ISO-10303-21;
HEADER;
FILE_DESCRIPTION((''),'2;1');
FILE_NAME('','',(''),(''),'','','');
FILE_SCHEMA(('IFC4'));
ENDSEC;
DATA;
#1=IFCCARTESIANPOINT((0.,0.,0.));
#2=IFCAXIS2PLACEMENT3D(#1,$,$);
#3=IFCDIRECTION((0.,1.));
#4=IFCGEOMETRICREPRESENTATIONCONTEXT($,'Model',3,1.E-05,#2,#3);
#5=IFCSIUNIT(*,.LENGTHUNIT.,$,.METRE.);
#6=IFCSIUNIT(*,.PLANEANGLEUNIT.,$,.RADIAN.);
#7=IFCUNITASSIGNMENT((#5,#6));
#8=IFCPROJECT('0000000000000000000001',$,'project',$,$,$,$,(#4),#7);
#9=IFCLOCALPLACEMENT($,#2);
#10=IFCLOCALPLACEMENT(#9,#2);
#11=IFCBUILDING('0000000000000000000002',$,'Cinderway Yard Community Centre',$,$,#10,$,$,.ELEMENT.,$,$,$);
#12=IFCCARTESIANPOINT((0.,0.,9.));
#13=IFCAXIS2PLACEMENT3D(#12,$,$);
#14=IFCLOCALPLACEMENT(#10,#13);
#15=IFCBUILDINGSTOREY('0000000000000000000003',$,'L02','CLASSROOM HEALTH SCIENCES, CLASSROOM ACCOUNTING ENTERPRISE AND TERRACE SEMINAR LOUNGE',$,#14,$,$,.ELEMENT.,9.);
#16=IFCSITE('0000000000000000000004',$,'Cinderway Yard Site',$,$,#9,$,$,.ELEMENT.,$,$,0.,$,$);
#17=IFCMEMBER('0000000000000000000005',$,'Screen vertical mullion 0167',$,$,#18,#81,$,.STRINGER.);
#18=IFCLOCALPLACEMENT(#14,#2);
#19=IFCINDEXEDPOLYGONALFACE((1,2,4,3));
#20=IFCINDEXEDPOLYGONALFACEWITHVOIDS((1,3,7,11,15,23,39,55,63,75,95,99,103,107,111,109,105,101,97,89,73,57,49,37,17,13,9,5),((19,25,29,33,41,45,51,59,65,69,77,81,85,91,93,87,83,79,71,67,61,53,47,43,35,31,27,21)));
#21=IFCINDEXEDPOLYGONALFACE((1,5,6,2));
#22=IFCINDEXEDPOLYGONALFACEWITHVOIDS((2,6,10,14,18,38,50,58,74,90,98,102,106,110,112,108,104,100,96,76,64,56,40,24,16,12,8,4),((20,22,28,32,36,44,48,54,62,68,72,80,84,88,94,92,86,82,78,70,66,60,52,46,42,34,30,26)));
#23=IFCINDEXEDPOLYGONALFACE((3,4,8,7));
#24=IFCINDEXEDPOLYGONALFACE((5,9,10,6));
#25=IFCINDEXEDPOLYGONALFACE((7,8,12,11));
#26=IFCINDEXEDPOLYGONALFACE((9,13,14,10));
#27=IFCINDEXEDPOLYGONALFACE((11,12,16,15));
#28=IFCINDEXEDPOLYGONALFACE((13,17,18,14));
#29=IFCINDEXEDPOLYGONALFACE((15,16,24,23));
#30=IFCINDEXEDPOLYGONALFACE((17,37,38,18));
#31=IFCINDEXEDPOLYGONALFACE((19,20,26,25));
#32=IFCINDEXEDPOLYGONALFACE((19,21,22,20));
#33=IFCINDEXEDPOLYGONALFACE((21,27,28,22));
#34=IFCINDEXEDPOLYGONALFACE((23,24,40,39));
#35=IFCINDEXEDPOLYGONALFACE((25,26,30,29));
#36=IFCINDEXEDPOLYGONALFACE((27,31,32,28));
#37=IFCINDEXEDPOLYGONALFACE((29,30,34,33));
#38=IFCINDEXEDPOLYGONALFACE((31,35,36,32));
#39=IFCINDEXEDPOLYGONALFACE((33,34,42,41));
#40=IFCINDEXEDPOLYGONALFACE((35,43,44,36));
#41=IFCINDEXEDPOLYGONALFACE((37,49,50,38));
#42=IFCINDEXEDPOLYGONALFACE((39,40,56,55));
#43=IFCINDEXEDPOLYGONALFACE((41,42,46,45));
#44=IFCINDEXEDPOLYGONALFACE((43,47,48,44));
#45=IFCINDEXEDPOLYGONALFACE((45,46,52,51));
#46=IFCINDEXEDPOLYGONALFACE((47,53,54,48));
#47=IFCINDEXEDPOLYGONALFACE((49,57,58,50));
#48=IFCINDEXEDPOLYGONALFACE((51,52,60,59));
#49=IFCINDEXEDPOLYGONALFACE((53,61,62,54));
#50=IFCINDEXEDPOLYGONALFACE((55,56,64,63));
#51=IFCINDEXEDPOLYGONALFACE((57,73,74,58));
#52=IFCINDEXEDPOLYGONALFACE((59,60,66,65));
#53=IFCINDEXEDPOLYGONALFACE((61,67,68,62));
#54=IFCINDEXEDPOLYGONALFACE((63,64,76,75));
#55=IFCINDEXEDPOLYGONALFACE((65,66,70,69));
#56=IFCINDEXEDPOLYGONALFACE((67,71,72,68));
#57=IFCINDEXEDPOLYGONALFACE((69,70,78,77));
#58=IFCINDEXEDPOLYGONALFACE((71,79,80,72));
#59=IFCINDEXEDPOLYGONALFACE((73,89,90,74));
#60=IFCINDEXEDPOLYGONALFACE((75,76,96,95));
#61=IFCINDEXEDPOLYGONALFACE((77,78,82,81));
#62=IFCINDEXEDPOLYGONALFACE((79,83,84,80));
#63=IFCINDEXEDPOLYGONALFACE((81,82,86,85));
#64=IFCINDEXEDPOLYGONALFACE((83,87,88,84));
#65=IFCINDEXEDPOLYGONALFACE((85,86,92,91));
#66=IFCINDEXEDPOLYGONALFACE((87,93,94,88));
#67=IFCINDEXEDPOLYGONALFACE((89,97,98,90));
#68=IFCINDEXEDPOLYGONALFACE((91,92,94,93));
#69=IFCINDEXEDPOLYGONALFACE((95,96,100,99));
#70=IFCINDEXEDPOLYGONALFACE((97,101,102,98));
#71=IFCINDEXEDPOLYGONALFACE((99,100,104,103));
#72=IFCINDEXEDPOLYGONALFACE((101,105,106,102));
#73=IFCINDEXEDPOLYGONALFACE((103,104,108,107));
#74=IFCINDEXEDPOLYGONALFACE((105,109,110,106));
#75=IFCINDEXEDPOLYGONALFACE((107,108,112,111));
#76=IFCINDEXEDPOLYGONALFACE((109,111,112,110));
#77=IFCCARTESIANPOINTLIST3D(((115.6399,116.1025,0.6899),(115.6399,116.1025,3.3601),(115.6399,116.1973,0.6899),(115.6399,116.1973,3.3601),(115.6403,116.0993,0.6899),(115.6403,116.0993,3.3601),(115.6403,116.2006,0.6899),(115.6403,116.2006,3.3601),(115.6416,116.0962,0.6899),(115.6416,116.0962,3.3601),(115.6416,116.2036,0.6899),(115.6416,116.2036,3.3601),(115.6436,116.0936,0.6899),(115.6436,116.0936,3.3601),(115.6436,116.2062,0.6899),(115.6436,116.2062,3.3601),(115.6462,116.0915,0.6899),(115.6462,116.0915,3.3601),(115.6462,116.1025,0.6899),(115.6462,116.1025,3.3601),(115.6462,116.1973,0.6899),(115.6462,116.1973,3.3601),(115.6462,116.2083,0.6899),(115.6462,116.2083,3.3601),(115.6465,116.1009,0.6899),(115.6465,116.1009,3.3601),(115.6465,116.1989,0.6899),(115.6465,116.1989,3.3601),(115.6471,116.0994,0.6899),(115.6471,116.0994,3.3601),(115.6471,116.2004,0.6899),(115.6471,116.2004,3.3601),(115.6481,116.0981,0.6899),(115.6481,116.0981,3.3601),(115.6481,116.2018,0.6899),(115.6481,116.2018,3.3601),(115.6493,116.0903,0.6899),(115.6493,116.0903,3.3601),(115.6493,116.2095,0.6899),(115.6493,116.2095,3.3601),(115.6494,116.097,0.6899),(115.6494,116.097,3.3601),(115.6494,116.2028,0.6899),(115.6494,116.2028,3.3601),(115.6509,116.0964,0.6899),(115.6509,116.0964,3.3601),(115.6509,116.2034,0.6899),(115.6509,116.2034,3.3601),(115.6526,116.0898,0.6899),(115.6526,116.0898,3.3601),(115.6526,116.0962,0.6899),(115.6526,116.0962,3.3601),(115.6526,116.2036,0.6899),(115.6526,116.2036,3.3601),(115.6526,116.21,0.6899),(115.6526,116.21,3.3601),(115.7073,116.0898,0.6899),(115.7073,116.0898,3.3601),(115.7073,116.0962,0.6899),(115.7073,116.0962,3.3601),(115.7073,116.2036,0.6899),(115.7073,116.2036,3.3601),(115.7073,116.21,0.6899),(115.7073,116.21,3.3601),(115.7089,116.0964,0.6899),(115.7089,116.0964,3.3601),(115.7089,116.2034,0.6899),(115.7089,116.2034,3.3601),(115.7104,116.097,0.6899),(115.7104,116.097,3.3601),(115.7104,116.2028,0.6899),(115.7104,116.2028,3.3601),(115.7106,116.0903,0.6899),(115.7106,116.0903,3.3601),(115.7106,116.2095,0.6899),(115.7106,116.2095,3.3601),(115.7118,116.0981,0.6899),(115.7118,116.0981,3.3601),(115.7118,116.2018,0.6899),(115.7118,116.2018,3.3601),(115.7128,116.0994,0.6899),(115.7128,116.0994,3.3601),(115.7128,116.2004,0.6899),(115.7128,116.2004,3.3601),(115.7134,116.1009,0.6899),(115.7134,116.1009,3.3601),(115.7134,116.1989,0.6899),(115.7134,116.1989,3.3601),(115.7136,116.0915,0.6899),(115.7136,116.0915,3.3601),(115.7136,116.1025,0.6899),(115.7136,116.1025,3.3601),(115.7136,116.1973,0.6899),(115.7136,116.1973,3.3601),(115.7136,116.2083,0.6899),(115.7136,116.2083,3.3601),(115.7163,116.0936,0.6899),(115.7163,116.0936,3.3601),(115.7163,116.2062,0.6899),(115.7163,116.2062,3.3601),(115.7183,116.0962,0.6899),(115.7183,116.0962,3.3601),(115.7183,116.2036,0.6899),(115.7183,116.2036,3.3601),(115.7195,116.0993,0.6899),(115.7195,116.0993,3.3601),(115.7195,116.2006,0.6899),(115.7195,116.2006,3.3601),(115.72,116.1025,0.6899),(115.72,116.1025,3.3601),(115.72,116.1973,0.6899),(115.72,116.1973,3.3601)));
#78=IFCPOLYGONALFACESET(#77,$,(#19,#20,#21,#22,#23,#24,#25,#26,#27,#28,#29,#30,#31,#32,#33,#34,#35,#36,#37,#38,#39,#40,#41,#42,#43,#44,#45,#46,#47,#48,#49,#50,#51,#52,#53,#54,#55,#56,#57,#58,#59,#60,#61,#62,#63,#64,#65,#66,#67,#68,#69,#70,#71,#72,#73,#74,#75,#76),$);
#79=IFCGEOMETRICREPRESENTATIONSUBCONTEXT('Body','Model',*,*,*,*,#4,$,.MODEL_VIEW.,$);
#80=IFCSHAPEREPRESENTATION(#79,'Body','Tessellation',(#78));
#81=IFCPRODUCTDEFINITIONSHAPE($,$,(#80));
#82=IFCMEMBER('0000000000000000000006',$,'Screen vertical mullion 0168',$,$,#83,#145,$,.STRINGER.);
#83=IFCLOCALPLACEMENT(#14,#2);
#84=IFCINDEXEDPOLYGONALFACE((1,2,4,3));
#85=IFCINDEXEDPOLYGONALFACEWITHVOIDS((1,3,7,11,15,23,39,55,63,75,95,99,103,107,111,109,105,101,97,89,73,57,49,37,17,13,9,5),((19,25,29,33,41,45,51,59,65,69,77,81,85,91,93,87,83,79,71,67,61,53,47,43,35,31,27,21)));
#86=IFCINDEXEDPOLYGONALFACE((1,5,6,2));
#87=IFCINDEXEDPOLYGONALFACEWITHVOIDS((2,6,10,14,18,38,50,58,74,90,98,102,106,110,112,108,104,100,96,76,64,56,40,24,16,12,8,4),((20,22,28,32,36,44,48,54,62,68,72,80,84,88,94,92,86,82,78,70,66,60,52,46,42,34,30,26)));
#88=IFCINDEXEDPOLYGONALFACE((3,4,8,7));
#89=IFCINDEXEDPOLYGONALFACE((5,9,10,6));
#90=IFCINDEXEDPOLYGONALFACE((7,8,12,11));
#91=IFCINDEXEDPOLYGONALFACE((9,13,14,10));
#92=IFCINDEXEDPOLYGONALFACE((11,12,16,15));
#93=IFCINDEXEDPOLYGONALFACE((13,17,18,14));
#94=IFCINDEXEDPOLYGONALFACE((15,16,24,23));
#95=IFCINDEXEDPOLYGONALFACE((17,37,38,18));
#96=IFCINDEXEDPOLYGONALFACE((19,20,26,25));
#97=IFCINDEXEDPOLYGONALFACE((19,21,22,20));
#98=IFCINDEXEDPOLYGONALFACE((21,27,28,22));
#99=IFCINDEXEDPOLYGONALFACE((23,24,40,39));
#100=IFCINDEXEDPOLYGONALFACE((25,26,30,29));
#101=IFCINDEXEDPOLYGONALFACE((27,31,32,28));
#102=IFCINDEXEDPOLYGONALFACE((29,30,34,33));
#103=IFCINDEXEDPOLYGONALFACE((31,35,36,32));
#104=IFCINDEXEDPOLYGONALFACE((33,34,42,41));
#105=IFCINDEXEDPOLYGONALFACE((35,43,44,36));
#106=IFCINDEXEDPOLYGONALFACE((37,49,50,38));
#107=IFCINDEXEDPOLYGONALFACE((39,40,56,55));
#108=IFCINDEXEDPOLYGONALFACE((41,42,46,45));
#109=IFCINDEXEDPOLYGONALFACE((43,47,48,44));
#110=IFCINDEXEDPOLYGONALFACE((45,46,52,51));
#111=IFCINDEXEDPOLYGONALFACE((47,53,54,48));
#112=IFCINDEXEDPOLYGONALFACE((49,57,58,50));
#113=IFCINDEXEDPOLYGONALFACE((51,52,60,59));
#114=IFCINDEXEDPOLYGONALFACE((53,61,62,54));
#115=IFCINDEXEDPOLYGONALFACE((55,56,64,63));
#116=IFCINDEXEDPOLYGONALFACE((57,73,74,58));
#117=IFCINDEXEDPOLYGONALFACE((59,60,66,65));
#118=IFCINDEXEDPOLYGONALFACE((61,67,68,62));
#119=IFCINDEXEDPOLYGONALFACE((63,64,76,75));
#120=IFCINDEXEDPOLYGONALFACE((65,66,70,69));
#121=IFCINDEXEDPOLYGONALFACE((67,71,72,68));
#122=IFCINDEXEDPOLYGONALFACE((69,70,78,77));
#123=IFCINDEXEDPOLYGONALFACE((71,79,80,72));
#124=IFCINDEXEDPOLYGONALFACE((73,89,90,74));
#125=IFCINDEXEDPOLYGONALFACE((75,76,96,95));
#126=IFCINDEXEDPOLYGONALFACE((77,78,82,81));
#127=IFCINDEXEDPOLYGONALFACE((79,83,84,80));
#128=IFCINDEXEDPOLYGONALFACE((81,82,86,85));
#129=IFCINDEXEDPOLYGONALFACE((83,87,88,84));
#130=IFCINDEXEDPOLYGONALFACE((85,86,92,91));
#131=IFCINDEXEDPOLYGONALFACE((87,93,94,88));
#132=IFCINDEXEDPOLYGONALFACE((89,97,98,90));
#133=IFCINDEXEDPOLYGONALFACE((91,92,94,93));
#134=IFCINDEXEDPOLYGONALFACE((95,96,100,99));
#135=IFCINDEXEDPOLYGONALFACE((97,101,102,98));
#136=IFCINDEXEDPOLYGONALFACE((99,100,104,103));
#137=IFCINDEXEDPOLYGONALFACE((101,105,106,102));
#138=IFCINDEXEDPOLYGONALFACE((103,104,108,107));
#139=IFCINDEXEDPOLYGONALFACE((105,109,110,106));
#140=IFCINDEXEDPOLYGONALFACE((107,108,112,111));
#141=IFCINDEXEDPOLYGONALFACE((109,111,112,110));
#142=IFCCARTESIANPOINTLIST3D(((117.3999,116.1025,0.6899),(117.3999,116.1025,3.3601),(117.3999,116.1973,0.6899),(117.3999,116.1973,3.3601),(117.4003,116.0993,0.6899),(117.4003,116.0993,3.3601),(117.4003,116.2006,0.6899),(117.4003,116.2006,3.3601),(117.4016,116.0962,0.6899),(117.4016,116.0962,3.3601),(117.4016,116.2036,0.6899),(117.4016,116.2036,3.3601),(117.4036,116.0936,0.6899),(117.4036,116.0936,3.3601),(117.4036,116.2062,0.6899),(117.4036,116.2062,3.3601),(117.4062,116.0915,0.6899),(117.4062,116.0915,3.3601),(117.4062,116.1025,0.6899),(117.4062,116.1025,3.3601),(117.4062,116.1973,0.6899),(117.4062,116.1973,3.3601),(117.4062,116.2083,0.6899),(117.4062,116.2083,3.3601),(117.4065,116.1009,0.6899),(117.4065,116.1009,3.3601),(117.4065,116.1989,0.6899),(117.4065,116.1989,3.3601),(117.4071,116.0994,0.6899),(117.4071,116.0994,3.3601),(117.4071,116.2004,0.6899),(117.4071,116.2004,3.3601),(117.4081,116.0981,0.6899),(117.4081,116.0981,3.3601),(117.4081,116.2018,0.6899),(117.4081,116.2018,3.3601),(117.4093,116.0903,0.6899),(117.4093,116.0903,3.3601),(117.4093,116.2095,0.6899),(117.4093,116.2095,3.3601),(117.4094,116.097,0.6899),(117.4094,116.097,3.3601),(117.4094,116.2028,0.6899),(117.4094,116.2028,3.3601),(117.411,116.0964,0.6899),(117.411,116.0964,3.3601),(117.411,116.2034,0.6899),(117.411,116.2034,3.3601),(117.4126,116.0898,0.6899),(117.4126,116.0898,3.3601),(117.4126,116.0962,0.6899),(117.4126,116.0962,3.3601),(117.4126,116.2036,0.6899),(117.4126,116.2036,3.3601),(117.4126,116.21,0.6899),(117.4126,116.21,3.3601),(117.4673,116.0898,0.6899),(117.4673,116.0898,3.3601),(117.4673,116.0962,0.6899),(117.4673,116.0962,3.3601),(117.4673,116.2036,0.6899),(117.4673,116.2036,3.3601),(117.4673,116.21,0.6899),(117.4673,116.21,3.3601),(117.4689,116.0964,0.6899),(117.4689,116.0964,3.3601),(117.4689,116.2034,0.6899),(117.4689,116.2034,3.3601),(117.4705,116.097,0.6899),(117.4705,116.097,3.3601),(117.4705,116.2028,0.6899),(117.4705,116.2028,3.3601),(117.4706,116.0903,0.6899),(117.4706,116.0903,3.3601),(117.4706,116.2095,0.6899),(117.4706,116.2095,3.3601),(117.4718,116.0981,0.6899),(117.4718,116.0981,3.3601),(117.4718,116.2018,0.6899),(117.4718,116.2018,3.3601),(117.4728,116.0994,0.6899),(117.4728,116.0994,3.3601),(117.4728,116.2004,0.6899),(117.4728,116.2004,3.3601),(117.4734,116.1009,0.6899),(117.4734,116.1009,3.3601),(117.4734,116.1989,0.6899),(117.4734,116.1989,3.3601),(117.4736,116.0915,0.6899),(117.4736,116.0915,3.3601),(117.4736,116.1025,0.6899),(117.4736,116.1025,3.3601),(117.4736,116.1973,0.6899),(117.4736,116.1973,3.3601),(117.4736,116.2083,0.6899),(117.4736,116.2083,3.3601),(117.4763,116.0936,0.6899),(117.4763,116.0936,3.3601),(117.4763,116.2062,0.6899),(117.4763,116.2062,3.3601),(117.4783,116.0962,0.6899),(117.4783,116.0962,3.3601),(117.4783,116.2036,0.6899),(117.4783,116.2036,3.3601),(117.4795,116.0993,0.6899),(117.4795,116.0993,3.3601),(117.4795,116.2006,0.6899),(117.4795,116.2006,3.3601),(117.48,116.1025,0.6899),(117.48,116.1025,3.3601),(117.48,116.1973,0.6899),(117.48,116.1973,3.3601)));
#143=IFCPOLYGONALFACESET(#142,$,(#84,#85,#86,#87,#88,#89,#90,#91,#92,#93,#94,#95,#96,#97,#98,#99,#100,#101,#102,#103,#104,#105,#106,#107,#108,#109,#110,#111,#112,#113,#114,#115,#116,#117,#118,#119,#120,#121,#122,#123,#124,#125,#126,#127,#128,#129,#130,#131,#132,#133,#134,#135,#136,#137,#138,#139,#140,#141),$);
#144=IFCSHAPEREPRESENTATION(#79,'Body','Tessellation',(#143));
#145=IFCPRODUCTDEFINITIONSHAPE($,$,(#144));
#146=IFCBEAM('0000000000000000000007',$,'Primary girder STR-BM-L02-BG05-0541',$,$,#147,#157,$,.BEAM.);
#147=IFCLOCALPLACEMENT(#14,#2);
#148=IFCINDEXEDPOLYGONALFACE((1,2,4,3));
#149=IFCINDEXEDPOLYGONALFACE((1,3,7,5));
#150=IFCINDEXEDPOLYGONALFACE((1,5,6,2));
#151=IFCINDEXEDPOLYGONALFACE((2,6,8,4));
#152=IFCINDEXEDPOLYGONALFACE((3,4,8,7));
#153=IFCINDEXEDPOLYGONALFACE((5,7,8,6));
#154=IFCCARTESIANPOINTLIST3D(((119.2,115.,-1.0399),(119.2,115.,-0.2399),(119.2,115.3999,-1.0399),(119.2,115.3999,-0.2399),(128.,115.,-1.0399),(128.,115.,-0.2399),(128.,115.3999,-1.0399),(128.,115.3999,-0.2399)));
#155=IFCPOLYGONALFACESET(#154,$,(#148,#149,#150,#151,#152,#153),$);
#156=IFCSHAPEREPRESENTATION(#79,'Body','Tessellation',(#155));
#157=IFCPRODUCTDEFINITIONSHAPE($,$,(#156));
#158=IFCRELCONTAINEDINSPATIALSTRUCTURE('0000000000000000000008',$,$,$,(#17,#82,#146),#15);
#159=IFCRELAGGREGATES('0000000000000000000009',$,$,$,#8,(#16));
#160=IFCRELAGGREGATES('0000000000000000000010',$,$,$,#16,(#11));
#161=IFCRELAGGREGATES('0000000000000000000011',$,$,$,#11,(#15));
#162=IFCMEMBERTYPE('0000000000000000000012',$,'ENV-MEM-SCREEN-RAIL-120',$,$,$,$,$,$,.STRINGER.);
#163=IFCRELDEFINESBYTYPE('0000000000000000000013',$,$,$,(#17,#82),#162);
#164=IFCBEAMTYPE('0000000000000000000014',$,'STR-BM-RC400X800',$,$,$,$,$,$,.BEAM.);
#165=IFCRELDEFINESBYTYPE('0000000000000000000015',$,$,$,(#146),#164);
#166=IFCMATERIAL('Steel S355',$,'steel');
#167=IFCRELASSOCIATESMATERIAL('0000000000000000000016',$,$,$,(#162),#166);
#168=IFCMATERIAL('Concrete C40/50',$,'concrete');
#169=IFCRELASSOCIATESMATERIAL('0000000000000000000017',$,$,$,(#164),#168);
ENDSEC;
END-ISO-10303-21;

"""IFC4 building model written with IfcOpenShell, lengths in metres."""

from ifc_helpers import new_model, si_unit, direction, frame, origin, origin_2d, place, context, subcontext, project, spatial, rectangle, hollow_rectangle, extrude, material, material_profile, profile_set, type_object, element, save


model = new_model("IFC4")

# Units and contexts
model_context = context("Model", 3, precision=1e-05, world=origin(), true_north=direction((0.0, 1.0)))
body_context = subcontext(model_context, "Body", "Model", "MODEL_VIEW")
ifc_project = project(units=[si_unit("LENGTHUNIT", "METRE"), si_unit("PLANEANGLEUNIT", "RADIAN")], contexts=[model_context])

# Site, building, storey
site_placement = place(None, origin())
site = spatial("IfcSite", under=ifc_project, at=site_placement, Name="Cinderway Yard Site", CompositionType="ELEMENT", RefElevation=0.0)
building_placement = place(site_placement, origin())
building = spatial("IfcBuilding", under=site, at=building_placement, Name="Cinderway Yard Community Centre", CompositionType="ELEMENT")
storey_placement = place(building_placement, frame((0.0, 0.0, 9.0)))
storey = spatial("IfcBuildingStorey", under=building, at=storey_placement, Name="L02", Description="CLASSROOM HEALTH SCIENCES, CLASSROOM ACCOUNTING ENTERPRISE AND TERRACE SEMINAR LOUNGE", CompositionType="ELEMENT", Elevation=9.0)

# Shared definitions
ifc_material_1 = material(Name="Concrete C40/50", Category="concrete")

# Members
ifc_material_2 = material(Name="Steel S355", Category="steel")
ifc_material_profile_1 = material_profile(ifc_material_2, hollow_rectangle(XDim=0.0801, YDim=0.1201, WallThickness=0.0063, InnerFilletRadius=0.0063, OuterFilletRadius=0.0127, at=origin_2d()), Name="Steel S355")
ifc_profile_set_1 = profile_set([ifc_material_profile_1], Name="Steel S355")
member_type_1 = type_object("IfcMemberType", Name="ENV-MEM-SCREEN-RAIL-120", PredefinedType="STRINGER", material=ifc_profile_set_1)
for number, where, z_axis, x_axis, name in (
    (1, (115.6799, 116.1499, 0.6899), (0.0, 0.0, 1.0), (1.0, 0.0, 0.0), "Screen vertical mullion 0167"),
    (2, (117.4399, 116.1499, 0.6899), (0.0, 0.0, 1.0), (1.0, 0.0, 0.0), "Screen vertical mullion 0168"),
):
    element("IfcMember", number, at=place(storey_placement, frame(where, z_axis=z_axis, x_axis=x_axis)), inside=storey, type_object=member_type_1, Name=name, PredefinedType="STRINGER", context=body_context, shape_type="SweptSolid", body=[
        extrude(hollow_rectangle(XDim=0.0801, YDim=0.1201, WallThickness=0.0063, InnerFilletRadius=0.0063, OuterFilletRadius=0.0127, at=origin_2d()), origin(), (0.0, 0.0, 1.0), 2.6702),
    ])

# Beam
ifc_material_profile_2 = material_profile(ifc_material_1, rectangle(XDim=0.3999, YDim=0.8, at=origin_2d()), Name="Concrete C40/50")
ifc_profile_set_2 = profile_set([ifc_material_profile_2], Name="Concrete C40/50")
beam_type = type_object("IfcBeamType", Name="STR-BM-RC400X800", PredefinedType="BEAM", material=ifc_profile_set_2)
beam_placement = place(storey_placement, frame((119.2, 115.2, -0.6399), z_axis=(1.0, 0.0, 0.0), x_axis=(0.0, 1.0, 0.0)))
element("IfcBeam", 3, at=beam_placement, inside=storey, type_object=beam_type, Name="Primary girder STR-BM-L02-BG05-0541", PredefinedType="BEAM", context=body_context, shape_type="SweptSolid", body=[
    extrude(rectangle(XDim=0.3999, YDim=0.8, at=origin_2d()), origin(), (0.0, 0.0, 1.0), 8.8),
])

save(model, "model.ifc")
